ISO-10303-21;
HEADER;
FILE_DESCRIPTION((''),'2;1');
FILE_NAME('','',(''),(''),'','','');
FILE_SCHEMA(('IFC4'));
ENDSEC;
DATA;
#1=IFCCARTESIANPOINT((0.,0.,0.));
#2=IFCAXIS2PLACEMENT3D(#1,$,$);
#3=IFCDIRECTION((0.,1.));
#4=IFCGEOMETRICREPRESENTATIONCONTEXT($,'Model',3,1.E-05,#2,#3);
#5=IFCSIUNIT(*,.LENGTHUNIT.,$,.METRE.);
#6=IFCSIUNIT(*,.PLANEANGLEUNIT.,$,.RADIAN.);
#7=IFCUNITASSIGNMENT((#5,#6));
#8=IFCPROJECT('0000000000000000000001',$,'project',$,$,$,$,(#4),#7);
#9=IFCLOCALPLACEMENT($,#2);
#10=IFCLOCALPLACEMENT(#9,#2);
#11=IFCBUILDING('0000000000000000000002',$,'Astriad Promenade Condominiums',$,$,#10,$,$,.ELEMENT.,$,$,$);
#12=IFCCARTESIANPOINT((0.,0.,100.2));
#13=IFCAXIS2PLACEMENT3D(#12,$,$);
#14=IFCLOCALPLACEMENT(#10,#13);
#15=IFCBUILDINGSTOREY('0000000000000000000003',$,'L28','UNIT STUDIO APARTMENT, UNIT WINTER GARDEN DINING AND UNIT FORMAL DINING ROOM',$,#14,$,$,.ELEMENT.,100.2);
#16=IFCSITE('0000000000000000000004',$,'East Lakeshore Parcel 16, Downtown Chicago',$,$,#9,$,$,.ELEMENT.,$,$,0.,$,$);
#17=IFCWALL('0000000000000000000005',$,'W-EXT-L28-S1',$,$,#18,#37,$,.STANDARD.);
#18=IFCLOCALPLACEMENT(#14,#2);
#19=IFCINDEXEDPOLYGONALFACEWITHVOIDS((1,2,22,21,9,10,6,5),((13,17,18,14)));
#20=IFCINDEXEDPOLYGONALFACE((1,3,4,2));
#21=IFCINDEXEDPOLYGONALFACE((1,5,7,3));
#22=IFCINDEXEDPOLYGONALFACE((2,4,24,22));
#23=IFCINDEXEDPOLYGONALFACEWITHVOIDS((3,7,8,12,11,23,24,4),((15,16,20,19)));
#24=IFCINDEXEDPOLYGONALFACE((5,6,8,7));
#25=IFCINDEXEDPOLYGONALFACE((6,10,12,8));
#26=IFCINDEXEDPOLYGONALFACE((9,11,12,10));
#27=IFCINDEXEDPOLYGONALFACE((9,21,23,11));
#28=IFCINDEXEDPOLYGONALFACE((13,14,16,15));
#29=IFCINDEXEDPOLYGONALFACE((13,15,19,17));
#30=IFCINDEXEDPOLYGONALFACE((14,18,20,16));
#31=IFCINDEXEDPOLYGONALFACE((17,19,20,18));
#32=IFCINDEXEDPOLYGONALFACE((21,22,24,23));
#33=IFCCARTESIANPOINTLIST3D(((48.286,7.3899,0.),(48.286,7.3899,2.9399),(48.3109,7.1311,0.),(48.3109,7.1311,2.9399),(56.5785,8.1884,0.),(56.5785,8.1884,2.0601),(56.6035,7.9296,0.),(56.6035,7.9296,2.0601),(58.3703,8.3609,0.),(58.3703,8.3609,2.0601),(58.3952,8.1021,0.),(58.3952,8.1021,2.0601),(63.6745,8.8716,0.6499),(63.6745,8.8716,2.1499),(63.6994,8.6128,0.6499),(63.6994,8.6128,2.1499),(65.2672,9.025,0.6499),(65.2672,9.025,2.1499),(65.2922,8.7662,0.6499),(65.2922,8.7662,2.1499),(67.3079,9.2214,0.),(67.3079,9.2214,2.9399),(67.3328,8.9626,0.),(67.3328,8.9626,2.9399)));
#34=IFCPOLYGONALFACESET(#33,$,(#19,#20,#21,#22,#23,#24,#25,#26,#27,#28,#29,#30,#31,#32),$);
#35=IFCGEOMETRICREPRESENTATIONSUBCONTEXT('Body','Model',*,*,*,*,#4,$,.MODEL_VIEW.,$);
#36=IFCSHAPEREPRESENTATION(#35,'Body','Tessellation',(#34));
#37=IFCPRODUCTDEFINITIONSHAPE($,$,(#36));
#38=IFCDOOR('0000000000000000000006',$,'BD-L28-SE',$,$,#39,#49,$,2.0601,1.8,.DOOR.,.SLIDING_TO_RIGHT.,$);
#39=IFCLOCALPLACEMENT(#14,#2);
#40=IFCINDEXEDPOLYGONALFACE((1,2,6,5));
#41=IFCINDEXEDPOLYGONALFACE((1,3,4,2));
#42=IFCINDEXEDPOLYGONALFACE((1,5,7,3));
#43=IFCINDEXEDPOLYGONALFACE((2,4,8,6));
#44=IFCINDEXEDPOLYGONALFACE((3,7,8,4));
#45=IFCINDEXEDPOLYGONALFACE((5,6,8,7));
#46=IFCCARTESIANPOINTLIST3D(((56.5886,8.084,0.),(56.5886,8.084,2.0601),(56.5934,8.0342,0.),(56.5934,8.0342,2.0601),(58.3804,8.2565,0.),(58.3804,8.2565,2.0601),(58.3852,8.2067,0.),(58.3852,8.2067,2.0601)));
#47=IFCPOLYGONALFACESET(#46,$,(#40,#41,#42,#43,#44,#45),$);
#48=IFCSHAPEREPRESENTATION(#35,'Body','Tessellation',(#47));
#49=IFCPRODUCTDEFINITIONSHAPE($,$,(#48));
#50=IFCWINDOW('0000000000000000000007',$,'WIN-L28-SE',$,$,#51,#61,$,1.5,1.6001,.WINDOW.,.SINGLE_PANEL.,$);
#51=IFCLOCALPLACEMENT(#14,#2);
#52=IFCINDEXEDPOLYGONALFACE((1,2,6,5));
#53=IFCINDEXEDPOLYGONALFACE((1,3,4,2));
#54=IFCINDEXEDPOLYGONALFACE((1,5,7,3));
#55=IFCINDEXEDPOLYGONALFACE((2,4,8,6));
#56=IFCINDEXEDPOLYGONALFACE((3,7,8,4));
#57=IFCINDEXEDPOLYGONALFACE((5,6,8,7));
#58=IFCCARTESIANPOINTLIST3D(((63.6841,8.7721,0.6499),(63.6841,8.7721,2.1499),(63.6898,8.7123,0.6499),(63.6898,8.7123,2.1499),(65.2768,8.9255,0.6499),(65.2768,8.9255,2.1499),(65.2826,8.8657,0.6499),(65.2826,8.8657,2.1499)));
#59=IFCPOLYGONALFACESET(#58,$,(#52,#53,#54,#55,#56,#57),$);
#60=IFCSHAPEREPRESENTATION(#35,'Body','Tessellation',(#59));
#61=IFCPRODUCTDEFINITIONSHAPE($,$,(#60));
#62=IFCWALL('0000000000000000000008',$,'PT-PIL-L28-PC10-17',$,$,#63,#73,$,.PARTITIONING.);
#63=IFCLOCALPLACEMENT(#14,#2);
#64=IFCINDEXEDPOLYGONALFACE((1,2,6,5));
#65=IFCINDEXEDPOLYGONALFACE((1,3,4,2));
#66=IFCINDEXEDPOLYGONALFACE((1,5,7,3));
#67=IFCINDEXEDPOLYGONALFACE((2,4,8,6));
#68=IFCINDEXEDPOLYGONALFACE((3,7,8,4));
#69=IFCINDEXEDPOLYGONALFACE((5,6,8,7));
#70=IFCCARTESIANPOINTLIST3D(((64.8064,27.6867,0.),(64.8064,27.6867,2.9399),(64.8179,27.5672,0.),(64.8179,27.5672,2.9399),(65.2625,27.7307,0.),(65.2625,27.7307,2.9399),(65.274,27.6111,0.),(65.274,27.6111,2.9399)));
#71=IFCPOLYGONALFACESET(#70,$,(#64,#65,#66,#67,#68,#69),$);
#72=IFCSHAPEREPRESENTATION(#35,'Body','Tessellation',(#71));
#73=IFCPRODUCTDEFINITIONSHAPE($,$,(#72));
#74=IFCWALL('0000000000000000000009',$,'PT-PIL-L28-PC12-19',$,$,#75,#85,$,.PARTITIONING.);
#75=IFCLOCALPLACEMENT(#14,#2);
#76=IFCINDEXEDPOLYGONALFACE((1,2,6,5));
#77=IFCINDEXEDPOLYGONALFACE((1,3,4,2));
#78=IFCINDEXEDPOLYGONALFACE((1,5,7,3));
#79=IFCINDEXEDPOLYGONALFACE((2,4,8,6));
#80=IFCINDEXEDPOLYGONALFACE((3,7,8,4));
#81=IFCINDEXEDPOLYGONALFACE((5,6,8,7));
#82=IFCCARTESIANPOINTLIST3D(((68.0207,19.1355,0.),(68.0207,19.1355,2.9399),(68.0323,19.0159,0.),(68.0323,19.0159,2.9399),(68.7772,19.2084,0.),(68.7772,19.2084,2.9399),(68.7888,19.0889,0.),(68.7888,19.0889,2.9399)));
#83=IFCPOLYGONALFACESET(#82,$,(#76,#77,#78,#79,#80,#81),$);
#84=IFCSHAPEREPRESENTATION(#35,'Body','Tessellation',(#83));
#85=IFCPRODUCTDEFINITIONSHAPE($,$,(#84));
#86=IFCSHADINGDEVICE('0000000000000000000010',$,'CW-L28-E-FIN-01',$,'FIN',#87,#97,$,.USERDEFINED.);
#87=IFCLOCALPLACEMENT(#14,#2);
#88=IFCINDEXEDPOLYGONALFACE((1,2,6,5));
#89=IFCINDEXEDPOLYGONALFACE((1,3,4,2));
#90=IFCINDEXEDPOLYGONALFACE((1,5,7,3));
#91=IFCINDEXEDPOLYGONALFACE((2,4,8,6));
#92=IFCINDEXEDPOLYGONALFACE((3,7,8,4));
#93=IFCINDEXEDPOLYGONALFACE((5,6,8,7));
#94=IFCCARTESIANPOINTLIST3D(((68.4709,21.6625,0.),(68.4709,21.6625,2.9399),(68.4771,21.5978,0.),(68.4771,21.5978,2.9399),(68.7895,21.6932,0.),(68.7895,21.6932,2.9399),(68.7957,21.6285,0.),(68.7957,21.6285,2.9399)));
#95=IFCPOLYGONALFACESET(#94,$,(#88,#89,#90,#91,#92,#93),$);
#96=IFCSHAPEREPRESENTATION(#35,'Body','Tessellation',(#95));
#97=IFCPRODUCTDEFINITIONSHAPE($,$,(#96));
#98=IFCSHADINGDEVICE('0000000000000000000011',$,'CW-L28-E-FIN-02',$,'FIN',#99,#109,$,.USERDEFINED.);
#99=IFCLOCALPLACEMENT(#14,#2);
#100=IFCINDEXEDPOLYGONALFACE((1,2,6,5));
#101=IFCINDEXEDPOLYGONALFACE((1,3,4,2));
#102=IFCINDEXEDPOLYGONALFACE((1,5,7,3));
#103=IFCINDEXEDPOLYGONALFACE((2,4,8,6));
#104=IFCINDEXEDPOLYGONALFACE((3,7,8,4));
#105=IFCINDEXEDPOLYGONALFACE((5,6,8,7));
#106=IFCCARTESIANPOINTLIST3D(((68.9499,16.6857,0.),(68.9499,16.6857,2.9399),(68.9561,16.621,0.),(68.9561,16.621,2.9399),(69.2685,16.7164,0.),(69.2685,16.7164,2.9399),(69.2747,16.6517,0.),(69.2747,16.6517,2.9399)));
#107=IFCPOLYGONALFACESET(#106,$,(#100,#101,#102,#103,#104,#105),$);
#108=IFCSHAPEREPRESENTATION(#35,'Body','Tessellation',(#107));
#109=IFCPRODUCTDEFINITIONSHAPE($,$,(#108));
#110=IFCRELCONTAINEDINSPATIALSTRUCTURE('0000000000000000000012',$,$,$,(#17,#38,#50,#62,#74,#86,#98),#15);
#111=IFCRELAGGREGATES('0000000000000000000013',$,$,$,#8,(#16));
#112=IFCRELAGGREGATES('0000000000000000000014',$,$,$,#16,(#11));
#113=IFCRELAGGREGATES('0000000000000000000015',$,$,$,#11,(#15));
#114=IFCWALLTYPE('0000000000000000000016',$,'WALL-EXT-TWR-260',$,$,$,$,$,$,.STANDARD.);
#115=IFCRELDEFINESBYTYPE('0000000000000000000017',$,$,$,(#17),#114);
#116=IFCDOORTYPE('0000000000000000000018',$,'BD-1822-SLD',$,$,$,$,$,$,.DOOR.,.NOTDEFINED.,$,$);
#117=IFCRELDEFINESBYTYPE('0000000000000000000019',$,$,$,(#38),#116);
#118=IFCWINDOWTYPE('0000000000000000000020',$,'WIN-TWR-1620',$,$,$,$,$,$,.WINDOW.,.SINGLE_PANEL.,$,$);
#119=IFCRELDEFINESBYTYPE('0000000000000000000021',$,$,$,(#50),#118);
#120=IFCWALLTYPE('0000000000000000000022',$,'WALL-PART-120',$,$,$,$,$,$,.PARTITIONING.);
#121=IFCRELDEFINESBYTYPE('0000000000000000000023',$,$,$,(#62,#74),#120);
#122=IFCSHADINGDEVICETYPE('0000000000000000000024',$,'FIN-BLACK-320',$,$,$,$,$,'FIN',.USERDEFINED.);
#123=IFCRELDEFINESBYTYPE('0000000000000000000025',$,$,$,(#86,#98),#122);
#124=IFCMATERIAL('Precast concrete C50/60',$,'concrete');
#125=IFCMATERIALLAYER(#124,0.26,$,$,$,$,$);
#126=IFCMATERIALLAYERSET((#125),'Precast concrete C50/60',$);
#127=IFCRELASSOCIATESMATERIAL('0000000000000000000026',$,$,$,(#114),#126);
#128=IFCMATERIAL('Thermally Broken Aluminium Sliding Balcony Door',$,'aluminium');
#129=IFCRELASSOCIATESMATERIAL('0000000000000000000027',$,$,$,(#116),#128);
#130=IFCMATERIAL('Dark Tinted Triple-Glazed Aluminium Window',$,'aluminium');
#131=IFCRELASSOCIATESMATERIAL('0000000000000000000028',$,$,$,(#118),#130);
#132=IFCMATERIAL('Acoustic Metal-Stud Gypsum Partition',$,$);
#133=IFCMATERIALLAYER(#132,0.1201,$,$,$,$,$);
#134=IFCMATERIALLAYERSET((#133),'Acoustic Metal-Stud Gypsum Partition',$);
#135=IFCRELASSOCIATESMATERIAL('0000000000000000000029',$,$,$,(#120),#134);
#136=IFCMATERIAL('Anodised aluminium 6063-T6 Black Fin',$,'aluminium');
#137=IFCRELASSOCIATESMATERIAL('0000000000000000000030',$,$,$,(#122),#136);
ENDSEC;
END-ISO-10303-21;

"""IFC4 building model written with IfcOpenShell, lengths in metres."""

from ifc_helpers import new_model, si_unit, direction, frame, frame_2d, origin, origin_2d, place, context, subcontext, project, spatial, rectangle, extrude, source, transform, mapped, material, layer, layer_set, type_object, type_shapes, element, fill, save


model = new_model("IFC4")

# Units and contexts
model_context = context("Model", 3, precision=1e-05, world=origin(), true_north=direction((0.0, 1.0)))
body_context = subcontext(model_context, "Body", "Model", "MODEL_VIEW")
ifc_project = project(units=[si_unit("LENGTHUNIT", "METRE"), si_unit("PLANEANGLEUNIT", "RADIAN")], contexts=[model_context])

# Site, building, storey
site_placement = place(None, origin())
site = spatial("IfcSite", under=ifc_project, at=site_placement, Name="East Lakeshore Parcel 16, Downtown Chicago", CompositionType="ELEMENT", RefElevation=0.0)
building_placement = place(site_placement, origin())
building = spatial("IfcBuilding", under=site, at=building_placement, Name="Astriad Promenade Condominiums", CompositionType="ELEMENT")
storey_placement = place(building_placement, frame((0.0, 0.0, 100.2)))
storey = spatial("IfcBuildingStorey", under=building, at=storey_placement, Name="L28", Description="UNIT STUDIO APARTMENT, UNIT WINTER GARDEN DINING AND UNIT FORMAL DINING ROOM", CompositionType="ELEMENT", Elevation=100.2)

# Shared definitions
ifc_material_1 = material(Name="Precast concrete C50/60", Category="concrete")
ifc_layer_1 = layer(ifc_material_1, 0.26)
ifc_layer_set_1 = layer_set([ifc_layer_1], Name="Precast concrete C50/60")
wall_type_1 = type_object("IfcWallType", Name="WALL-EXT-TWR-260", PredefinedType="STANDARD", material=ifc_layer_set_1)

# Wall, openings, door, window
wall_1_placement = place(storey_placement, frame((67.3203, 9.092, 0.0), z_axis=(0.0, 0.0, 1.0), x_axis=(-0.995397, -0.095842, 0.0)))
wall_1 = element("IfcWall", 1, at=wall_1_placement, inside=storey, type_object=wall_type_1, Name="W-EXT-L28-S1", PredefinedType="STANDARD", context=body_context, shape_type="SweptSolid", body=[
    extrude(rectangle(XDim=19.1099, YDim=0.26, at=frame_2d((9.5549, 0.0))), origin(), (0.0, 0.0, 1.0), 2.9399),
])
opening_1_placement = place(wall_1_placement, frame((8.979, 0.0, 0.0)))
opening_1 = element("IfcOpeningElement", 2, at=opening_1_placement, cuts=wall_1, PredefinedType="OPENING", context=body_context, shape_type="SweptSolid", body=[
    extrude(rectangle(XDim=1.8, YDim=2.0601, at=frame_2d((0.8999, 1.03))), frame((0.0, 0.1399, 0.0), z_axis=(0.0, -1.0, 0.0), x_axis=(1.0, 0.0, 0.0)), (0.0, 0.0, 1.0), 0.28),
])
opening_2_placement = place(wall_1_placement, frame((2.05, 0.0, 0.6499)))
opening_2 = element("IfcOpeningElement", 3, at=opening_2_placement, cuts=wall_1, PredefinedType="OPENING", context=body_context, shape_type="SweptSolid", body=[
    extrude(rectangle(XDim=1.6001, YDim=1.5, at=frame_2d((0.8, 0.75))), frame((0.0, 0.1399, 0.0), z_axis=(0.0, -1.0, 0.0), x_axis=(1.0, 0.0, 0.0)), (0.0, 0.0, 1.0), 0.28),
])
ifc_material_2 = material(Name="Thermally Broken Aluminium Sliding Balcony Door", Category="aluminium")
door_type = type_object("IfcDoorType", Name="BD-1822-SLD", OperationType="NOTDEFINED", PredefinedType="DOOR", material=ifc_material_2)
shared_shape_1 = source(origin(), body_context, "Body", "SweptSolid", [
    extrude(rectangle(XDim=1.8, YDim=2.0601, at=frame_2d((0.8999, 1.03))), frame((0.0, 0.0249, 0.0), z_axis=(0.0, -1.0, 0.0), x_axis=(1.0, 0.0, 0.0)), (0.0, 0.0, 1.0), 0.05),
])
type_shapes(door_type, [shared_shape_1])
door_placement = place(opening_1_placement, origin())
door = element("IfcDoor", 4, at=door_placement, inside=storey, type_object=door_type, Name="BD-L28-SE", OperationType="SLIDING_TO_RIGHT", OverallHeight=2.0601, OverallWidth=1.8, PredefinedType="DOOR", context=body_context, shape_type="MappedRepresentation", body=[
    mapped(shared_shape_1, transform((0.0, 0.0, 0.0), scale=1.0)),
])
fill(opening_1, door)
ifc_material_3 = material(Name="Dark Tinted Triple-Glazed Aluminium Window", Category="aluminium")
window_type = type_object("IfcWindowType", Name="WIN-TWR-1620", PartitioningType="SINGLE_PANEL", PredefinedType="WINDOW", material=ifc_material_3)
shared_shape_2 = source(origin(), body_context, "Body", "SweptSolid", [
    extrude(rectangle(XDim=1.6001, YDim=1.5, at=frame_2d((0.8, 0.75))), frame((0.0, 0.03, 0.0), z_axis=(0.0, -1.0, 0.0), x_axis=(1.0, 0.0, 0.0)), (0.0, 0.0, 1.0), 0.0601),
])
type_shapes(window_type, [shared_shape_2])
window_placement = place(opening_2_placement, origin())
window = element("IfcWindow", 5, at=window_placement, inside=storey, type_object=window_type, Name="WIN-L28-SE", OverallHeight=1.5, OverallWidth=1.6001, PartitioningType="SINGLE_PANEL", PredefinedType="WINDOW", context=body_context, shape_type="MappedRepresentation", body=[
    mapped(shared_shape_2, transform((0.0, 0.0, 0.0), scale=1.0)),
])
fill(opening_2, window)

# Walls
ifc_material_4 = material(Name="Acoustic Metal-Stud Gypsum Partition")
ifc_layer_2 = layer(ifc_material_4, 0.1201)
ifc_layer_set_2 = layer_set([ifc_layer_2], Name="Acoustic Metal-Stud Gypsum Partition")
wall_type_2 = type_object("IfcWallType", Name="WALL-PART-120", PredefinedType="PARTITIONING", material=ifc_layer_set_2)
wall_2_placement = place(storey_placement, frame((64.8123, 27.627, 0.0), z_axis=(0.0, 0.0, 1.0), x_axis=(0.995389, 0.095915, 0.0)))
element("IfcWall", 6, at=wall_2_placement, inside=storey, type_object=wall_type_2, Name="PT-PIL-L28-PC10-17", PredefinedType="PARTITIONING", context=body_context, shape_type="SweptSolid", body=[
    extrude(rectangle(XDim=0.4583, YDim=0.1201, at=frame_2d((0.229, 0.0))), origin(), (0.0, 0.0, 1.0), 2.9399),
])
wall_3_placement = place(storey_placement, frame((68.0266, 19.0757, 0.0), z_axis=(0.0, 0.0, 1.0), x_axis=(0.995378, 0.096037, 0.0)))
element("IfcWall", 7, at=wall_3_placement, inside=storey, type_object=wall_type_2, Name="PT-PIL-L28-PC12-19", PredefinedType="PARTITIONING", context=body_context, shape_type="SweptSolid", body=[
    extrude(rectangle(XDim=0.76, YDim=0.1201, at=frame_2d((0.3799, 0.0))), origin(), (0.0, 0.0, 1.0), 2.9399),
])

# Shading devices
ifc_material_5 = material(Name="Anodised aluminium 6063-T6 Black Fin", Category="aluminium")
shading_device_type = type_object("IfcShadingDeviceType", Name="FIN-BLACK-320", ElementType="FIN", PredefinedType="USERDEFINED", material=ifc_material_5)
shared_shape_3 = source(origin(), body_context, "Body", "SweptSolid", [
    extrude(rectangle(XDim=0.0649, YDim=0.3201, at=origin_2d()), origin(), (0.0, 0.0, 1.0), 2.9399),
])
type_shapes(shading_device_type, [shared_shape_3])
for number, where, z_axis, x_axis, name in (
    (8, (68.6333, 21.6455, 0.0), (0.0, 0.0, 1.0), (0.095846, -0.995396, 0.0), "CW-L28-E-FIN-01"),
    (9, (69.1123, 16.6687, 0.0), (0.0, 0.0, 1.0), (0.095846, -0.995396, 0.0), "CW-L28-E-FIN-02"),
):
    element("IfcShadingDevice", number, at=place(storey_placement, frame(where, z_axis=z_axis, x_axis=x_axis)), inside=storey, type_object=shading_device_type, Name=name, ObjectType="FIN", PredefinedType="USERDEFINED", context=body_context, shape_type="MappedRepresentation", body=[
        mapped(shared_shape_3, transform((0.0, 0.0, 0.0), scale=1.0)),
    ])

save(model, "model.ifc")
